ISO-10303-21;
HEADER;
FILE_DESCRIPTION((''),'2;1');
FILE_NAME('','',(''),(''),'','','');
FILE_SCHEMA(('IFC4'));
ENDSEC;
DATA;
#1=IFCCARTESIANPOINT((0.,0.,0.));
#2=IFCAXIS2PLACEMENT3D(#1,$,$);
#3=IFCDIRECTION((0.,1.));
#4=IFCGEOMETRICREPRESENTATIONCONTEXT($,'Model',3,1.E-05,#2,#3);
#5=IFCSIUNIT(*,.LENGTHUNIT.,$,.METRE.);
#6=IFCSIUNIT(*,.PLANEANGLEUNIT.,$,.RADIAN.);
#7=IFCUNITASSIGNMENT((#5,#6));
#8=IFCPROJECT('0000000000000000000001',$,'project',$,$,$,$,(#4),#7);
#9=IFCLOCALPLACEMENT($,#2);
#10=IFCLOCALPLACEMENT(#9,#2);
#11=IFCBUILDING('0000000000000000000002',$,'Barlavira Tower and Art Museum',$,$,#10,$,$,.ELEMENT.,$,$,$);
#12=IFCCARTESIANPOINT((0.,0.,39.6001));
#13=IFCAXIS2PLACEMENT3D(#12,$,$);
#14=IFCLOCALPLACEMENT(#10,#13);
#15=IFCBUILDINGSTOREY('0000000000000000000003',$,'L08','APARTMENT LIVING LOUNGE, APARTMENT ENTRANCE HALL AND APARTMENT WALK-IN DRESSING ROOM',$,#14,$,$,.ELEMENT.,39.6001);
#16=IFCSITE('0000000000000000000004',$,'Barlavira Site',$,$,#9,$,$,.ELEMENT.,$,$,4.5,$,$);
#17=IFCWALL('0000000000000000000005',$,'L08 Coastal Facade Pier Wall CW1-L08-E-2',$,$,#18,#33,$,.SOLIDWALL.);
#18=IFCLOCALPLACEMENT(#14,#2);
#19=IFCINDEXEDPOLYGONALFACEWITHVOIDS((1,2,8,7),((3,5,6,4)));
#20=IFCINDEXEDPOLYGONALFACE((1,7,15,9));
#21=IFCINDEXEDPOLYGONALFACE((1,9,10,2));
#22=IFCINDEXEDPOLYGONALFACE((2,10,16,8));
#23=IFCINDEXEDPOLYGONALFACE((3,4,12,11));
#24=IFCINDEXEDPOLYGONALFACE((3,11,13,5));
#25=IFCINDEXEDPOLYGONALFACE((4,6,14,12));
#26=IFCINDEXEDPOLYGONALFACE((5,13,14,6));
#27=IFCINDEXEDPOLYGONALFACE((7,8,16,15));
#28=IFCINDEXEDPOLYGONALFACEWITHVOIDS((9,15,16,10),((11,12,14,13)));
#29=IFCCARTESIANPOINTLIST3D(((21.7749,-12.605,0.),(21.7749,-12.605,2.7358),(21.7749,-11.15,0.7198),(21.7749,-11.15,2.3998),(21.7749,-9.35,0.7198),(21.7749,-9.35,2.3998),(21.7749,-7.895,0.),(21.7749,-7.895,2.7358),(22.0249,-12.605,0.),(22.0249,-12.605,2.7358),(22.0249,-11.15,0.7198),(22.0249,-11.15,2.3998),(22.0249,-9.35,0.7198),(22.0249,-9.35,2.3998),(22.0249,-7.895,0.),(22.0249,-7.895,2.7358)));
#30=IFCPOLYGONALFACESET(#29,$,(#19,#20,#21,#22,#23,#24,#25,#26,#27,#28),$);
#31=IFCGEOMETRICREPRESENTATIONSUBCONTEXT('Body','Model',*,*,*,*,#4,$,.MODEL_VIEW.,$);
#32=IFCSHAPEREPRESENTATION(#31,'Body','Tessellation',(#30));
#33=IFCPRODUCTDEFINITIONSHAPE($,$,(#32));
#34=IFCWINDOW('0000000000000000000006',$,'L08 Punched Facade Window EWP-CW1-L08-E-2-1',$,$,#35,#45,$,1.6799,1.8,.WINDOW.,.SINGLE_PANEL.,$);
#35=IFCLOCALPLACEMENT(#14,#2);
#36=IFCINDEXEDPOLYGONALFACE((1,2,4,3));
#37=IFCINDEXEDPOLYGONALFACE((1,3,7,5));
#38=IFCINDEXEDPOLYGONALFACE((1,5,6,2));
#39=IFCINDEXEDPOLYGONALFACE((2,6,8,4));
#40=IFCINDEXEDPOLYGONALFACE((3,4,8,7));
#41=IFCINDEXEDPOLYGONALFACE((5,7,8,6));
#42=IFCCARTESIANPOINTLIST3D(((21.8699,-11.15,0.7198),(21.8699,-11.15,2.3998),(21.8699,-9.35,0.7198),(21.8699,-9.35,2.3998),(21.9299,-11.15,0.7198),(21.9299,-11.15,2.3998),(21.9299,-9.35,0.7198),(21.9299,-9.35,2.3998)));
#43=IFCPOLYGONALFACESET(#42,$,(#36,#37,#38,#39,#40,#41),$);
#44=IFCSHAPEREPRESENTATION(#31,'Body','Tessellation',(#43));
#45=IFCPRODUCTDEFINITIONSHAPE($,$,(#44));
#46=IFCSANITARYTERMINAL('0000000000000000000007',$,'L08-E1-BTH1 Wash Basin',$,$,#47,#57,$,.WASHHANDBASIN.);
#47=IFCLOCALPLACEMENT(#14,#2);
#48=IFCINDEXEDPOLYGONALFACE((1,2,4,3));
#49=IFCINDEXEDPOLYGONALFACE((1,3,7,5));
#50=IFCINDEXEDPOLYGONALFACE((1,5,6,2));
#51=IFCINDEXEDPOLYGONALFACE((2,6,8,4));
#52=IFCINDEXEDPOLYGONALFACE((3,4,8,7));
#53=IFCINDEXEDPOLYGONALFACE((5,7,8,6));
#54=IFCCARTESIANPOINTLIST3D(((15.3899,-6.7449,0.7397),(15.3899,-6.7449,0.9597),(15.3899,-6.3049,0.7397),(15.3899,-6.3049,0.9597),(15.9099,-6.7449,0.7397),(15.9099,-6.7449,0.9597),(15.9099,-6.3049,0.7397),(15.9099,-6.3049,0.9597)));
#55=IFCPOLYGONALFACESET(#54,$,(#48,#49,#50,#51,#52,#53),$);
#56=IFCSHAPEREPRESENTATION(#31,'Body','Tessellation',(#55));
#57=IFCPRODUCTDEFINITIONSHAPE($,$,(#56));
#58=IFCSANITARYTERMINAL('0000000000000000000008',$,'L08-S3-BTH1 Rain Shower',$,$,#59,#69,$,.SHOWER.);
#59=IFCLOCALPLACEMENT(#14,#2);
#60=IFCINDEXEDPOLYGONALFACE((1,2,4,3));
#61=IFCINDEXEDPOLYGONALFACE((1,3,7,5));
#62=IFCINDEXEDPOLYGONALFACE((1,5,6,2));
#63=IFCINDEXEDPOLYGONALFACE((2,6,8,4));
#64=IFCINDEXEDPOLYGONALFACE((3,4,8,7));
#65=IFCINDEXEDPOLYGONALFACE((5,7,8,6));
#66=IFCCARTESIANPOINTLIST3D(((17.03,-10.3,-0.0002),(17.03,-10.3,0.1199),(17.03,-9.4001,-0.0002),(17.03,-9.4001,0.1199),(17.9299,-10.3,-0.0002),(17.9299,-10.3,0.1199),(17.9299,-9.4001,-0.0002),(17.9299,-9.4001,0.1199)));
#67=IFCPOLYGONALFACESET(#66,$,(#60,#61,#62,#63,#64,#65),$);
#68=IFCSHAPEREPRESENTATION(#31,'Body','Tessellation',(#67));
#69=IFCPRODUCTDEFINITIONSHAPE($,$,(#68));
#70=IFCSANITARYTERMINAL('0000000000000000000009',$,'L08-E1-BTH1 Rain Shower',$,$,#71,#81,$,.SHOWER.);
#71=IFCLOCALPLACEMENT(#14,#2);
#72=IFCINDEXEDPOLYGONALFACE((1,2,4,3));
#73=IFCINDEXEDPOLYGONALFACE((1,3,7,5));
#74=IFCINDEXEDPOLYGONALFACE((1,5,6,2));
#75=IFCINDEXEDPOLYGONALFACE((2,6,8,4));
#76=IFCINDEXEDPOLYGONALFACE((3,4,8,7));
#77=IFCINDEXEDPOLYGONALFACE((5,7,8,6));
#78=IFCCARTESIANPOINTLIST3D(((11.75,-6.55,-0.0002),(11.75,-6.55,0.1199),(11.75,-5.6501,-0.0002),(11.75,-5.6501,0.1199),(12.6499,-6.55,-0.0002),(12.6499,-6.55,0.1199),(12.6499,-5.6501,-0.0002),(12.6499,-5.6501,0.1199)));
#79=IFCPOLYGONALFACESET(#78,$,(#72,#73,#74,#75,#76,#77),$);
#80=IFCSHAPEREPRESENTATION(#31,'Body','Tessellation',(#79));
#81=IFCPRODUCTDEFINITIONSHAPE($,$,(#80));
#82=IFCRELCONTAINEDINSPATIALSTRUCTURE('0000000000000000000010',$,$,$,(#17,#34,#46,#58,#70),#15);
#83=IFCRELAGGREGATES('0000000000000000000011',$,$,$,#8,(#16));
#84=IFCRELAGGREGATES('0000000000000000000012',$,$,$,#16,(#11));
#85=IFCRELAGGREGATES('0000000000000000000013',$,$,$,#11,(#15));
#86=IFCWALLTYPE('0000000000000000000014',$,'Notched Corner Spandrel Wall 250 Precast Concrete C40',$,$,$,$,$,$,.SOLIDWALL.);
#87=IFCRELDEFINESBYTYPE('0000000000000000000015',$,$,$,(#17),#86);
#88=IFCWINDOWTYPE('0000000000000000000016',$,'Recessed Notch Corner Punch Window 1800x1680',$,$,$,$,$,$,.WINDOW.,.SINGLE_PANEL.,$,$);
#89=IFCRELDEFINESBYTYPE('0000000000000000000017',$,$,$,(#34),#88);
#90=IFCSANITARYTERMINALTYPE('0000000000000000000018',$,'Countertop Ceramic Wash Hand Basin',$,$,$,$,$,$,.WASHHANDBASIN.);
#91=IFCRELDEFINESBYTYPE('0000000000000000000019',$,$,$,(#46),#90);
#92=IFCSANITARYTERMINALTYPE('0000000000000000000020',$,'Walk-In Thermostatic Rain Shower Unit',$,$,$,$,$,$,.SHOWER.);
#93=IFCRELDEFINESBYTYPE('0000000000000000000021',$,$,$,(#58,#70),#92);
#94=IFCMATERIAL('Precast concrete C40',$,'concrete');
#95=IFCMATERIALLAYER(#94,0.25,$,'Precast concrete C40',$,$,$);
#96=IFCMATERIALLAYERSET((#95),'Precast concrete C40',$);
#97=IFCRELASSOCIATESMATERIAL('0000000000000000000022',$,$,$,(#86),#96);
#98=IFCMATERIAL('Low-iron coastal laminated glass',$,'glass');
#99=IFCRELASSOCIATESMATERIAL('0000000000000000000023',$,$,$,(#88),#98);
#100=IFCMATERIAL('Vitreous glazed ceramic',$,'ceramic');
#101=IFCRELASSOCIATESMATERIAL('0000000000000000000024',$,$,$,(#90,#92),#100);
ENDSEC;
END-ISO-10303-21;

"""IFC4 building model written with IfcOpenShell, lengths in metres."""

from ifc_helpers import new_model, si_unit, direction, frame, frame_2d, origin, origin_2d, place, context, subcontext, project, spatial, rectangle, extrude, material, layer, layer_set, type_object, element, fill, save


model = new_model("IFC4")

# Units and contexts
model_context = context("Model", 3, precision=1e-05, world=origin(), true_north=direction((0.0, 1.0)))
body_context = subcontext(model_context, "Body", "Model", "MODEL_VIEW")
ifc_project = project(units=[si_unit("LENGTHUNIT", "METRE"), si_unit("PLANEANGLEUNIT", "RADIAN")], contexts=[model_context])

# Site, building, storey
site_placement = place(None, origin())
site = spatial("IfcSite", under=ifc_project, at=site_placement, Name="Barlavira Site", CompositionType="ELEMENT", RefElevation=4.5)
building_placement = place(site_placement, origin())
building = spatial("IfcBuilding", under=site, at=building_placement, Name="Barlavira Tower and Art Museum", CompositionType="ELEMENT")
storey_placement = place(building_placement, frame((0.0, 0.0, 39.6001)))
storey = spatial("IfcBuildingStorey", under=building, at=storey_placement, Name="L08", Description="APARTMENT LIVING LOUNGE, APARTMENT ENTRANCE HALL AND APARTMENT WALK-IN DRESSING ROOM", CompositionType="ELEMENT", Elevation=39.6001)

# Shared definitions
ifc_material_1 = material(Name="Low-iron coastal laminated glass", Category="glass")

# Wall, opening, window
ifc_material_2 = material(Name="Precast concrete C40", Category="concrete")
ifc_layer_1 = layer(ifc_material_2, 0.25, Name="Precast concrete C40")
ifc_layer_set_1 = layer_set([ifc_layer_1], Name="Precast concrete C40")
wall_type_1 = type_object("IfcWallType", Name="Notched Corner Spandrel Wall 250 Precast Concrete C40", PredefinedType="SOLIDWALL", material=ifc_layer_set_1)
wall_1_placement = place(storey_placement, frame((21.8999, -12.605, 0.0), z_axis=(0.0, 0.0, 1.0), x_axis=(0.0, 1.0, 0.0)))
wall_1 = element("IfcWall", 1, at=wall_1_placement, inside=storey, type_object=wall_type_1, Name="L08 Coastal Facade Pier Wall CW1-L08-E-2", PredefinedType="SOLIDWALL", context=body_context, shape_type="SweptSolid", body=[
    extrude(rectangle(XDim=4.71, YDim=0.25, at=frame_2d((2.355, 0.0))), origin(), (0.0, 0.0, 1.0), 2.7358),
])
opening_1_placement = place(wall_1_placement, frame((1.4551, 0.0, 0.72)))
opening_1 = element("IfcOpeningElement", 2, at=opening_1_placement, cuts=wall_1, PredefinedType="OPENING", context=body_context, shape_type="SweptSolid", body=[
    extrude(rectangle(XDim=1.8, YDim=1.6799, at=frame_2d((0.8999, 0.8398))), frame((0.0, 0.135, 0.0), z_axis=(0.0, -1.0, 0.0), x_axis=(1.0, 0.0, 0.0)), (0.0, 0.0, 1.0), 0.27),
])
window_type = type_object("IfcWindowType", Name="Recessed Notch Corner Punch Window 1800x1680", PartitioningType="SINGLE_PANEL", PredefinedType="WINDOW", material=ifc_material_1)
window_placement = place(opening_1_placement, origin())
window = element("IfcWindow", 3, at=window_placement, inside=storey, type_object=window_type, Name="L08 Punched Facade Window EWP-CW1-L08-E-2-1", OverallHeight=1.6799, OverallWidth=1.8, PartitioningType="SINGLE_PANEL", PredefinedType="WINDOW", context=body_context, shape_type="SweptSolid", body=[
    extrude(rectangle(XDim=1.8, YDim=1.6799, at=frame_2d((0.8999, 0.8398))), frame((0.0, 0.03, 0.0), z_axis=(0.0, -1.0, 0.0), x_axis=(1.0, 0.0, 0.0)), (0.0, 0.0, 1.0), 0.0601),
])
fill(opening_1, window)

# Sanitary terminals
ifc_material_3 = material(Name="Vitreous glazed ceramic", Category="ceramic")
sanitary_terminal_type_1 = type_object("IfcSanitaryTerminalType", Name="Countertop Ceramic Wash Hand Basin", PredefinedType="WASHHANDBASIN", material=ifc_material_3)
sanitary_terminal_placement = place(storey_placement, frame((15.6499, -6.5249, 0.7397), z_axis=(0.0, 0.0, 1.0), x_axis=(1.0, 0.0, 0.0)))
element("IfcSanitaryTerminal", 4, at=sanitary_terminal_placement, inside=storey, type_object=sanitary_terminal_type_1, Name="L08-E1-BTH1 Wash Basin", PredefinedType="WASHHANDBASIN", context=body_context, shape_type="SweptSolid", body=[
    extrude(rectangle(XDim=0.52, YDim=0.4399, at=origin_2d()), origin(), (0.0, 0.0, 1.0), 0.22),
])
sanitary_terminal_type_2 = type_object("IfcSanitaryTerminalType", Name="Walk-In Thermostatic Rain Shower Unit", PredefinedType="SHOWER", material=ifc_material_3)
for number, where, z_axis, x_axis, name in (
    (5, (17.48, -9.8501, -0.0002), (0.0, 0.0, 1.0), (1.0, 0.0, 0.0), "L08-S3-BTH1 Rain Shower"),
    (6, (12.2, -6.1001, -0.0002), (0.0, 0.0, 1.0), (1.0, 0.0, 0.0), "L08-E1-BTH1 Rain Shower"),
):
    element("IfcSanitaryTerminal", number, at=place(storey_placement, frame(where, z_axis=z_axis, x_axis=x_axis)), inside=storey, type_object=sanitary_terminal_type_2, Name=name, PredefinedType="SHOWER", context=body_context, shape_type="SweptSolid", body=[
        extrude(rectangle(XDim=0.8999, YDim=0.8999, at=origin_2d()), origin(), (0.0, 0.0, 1.0), 0.1201),
    ])

save(model, "model.ifc")
